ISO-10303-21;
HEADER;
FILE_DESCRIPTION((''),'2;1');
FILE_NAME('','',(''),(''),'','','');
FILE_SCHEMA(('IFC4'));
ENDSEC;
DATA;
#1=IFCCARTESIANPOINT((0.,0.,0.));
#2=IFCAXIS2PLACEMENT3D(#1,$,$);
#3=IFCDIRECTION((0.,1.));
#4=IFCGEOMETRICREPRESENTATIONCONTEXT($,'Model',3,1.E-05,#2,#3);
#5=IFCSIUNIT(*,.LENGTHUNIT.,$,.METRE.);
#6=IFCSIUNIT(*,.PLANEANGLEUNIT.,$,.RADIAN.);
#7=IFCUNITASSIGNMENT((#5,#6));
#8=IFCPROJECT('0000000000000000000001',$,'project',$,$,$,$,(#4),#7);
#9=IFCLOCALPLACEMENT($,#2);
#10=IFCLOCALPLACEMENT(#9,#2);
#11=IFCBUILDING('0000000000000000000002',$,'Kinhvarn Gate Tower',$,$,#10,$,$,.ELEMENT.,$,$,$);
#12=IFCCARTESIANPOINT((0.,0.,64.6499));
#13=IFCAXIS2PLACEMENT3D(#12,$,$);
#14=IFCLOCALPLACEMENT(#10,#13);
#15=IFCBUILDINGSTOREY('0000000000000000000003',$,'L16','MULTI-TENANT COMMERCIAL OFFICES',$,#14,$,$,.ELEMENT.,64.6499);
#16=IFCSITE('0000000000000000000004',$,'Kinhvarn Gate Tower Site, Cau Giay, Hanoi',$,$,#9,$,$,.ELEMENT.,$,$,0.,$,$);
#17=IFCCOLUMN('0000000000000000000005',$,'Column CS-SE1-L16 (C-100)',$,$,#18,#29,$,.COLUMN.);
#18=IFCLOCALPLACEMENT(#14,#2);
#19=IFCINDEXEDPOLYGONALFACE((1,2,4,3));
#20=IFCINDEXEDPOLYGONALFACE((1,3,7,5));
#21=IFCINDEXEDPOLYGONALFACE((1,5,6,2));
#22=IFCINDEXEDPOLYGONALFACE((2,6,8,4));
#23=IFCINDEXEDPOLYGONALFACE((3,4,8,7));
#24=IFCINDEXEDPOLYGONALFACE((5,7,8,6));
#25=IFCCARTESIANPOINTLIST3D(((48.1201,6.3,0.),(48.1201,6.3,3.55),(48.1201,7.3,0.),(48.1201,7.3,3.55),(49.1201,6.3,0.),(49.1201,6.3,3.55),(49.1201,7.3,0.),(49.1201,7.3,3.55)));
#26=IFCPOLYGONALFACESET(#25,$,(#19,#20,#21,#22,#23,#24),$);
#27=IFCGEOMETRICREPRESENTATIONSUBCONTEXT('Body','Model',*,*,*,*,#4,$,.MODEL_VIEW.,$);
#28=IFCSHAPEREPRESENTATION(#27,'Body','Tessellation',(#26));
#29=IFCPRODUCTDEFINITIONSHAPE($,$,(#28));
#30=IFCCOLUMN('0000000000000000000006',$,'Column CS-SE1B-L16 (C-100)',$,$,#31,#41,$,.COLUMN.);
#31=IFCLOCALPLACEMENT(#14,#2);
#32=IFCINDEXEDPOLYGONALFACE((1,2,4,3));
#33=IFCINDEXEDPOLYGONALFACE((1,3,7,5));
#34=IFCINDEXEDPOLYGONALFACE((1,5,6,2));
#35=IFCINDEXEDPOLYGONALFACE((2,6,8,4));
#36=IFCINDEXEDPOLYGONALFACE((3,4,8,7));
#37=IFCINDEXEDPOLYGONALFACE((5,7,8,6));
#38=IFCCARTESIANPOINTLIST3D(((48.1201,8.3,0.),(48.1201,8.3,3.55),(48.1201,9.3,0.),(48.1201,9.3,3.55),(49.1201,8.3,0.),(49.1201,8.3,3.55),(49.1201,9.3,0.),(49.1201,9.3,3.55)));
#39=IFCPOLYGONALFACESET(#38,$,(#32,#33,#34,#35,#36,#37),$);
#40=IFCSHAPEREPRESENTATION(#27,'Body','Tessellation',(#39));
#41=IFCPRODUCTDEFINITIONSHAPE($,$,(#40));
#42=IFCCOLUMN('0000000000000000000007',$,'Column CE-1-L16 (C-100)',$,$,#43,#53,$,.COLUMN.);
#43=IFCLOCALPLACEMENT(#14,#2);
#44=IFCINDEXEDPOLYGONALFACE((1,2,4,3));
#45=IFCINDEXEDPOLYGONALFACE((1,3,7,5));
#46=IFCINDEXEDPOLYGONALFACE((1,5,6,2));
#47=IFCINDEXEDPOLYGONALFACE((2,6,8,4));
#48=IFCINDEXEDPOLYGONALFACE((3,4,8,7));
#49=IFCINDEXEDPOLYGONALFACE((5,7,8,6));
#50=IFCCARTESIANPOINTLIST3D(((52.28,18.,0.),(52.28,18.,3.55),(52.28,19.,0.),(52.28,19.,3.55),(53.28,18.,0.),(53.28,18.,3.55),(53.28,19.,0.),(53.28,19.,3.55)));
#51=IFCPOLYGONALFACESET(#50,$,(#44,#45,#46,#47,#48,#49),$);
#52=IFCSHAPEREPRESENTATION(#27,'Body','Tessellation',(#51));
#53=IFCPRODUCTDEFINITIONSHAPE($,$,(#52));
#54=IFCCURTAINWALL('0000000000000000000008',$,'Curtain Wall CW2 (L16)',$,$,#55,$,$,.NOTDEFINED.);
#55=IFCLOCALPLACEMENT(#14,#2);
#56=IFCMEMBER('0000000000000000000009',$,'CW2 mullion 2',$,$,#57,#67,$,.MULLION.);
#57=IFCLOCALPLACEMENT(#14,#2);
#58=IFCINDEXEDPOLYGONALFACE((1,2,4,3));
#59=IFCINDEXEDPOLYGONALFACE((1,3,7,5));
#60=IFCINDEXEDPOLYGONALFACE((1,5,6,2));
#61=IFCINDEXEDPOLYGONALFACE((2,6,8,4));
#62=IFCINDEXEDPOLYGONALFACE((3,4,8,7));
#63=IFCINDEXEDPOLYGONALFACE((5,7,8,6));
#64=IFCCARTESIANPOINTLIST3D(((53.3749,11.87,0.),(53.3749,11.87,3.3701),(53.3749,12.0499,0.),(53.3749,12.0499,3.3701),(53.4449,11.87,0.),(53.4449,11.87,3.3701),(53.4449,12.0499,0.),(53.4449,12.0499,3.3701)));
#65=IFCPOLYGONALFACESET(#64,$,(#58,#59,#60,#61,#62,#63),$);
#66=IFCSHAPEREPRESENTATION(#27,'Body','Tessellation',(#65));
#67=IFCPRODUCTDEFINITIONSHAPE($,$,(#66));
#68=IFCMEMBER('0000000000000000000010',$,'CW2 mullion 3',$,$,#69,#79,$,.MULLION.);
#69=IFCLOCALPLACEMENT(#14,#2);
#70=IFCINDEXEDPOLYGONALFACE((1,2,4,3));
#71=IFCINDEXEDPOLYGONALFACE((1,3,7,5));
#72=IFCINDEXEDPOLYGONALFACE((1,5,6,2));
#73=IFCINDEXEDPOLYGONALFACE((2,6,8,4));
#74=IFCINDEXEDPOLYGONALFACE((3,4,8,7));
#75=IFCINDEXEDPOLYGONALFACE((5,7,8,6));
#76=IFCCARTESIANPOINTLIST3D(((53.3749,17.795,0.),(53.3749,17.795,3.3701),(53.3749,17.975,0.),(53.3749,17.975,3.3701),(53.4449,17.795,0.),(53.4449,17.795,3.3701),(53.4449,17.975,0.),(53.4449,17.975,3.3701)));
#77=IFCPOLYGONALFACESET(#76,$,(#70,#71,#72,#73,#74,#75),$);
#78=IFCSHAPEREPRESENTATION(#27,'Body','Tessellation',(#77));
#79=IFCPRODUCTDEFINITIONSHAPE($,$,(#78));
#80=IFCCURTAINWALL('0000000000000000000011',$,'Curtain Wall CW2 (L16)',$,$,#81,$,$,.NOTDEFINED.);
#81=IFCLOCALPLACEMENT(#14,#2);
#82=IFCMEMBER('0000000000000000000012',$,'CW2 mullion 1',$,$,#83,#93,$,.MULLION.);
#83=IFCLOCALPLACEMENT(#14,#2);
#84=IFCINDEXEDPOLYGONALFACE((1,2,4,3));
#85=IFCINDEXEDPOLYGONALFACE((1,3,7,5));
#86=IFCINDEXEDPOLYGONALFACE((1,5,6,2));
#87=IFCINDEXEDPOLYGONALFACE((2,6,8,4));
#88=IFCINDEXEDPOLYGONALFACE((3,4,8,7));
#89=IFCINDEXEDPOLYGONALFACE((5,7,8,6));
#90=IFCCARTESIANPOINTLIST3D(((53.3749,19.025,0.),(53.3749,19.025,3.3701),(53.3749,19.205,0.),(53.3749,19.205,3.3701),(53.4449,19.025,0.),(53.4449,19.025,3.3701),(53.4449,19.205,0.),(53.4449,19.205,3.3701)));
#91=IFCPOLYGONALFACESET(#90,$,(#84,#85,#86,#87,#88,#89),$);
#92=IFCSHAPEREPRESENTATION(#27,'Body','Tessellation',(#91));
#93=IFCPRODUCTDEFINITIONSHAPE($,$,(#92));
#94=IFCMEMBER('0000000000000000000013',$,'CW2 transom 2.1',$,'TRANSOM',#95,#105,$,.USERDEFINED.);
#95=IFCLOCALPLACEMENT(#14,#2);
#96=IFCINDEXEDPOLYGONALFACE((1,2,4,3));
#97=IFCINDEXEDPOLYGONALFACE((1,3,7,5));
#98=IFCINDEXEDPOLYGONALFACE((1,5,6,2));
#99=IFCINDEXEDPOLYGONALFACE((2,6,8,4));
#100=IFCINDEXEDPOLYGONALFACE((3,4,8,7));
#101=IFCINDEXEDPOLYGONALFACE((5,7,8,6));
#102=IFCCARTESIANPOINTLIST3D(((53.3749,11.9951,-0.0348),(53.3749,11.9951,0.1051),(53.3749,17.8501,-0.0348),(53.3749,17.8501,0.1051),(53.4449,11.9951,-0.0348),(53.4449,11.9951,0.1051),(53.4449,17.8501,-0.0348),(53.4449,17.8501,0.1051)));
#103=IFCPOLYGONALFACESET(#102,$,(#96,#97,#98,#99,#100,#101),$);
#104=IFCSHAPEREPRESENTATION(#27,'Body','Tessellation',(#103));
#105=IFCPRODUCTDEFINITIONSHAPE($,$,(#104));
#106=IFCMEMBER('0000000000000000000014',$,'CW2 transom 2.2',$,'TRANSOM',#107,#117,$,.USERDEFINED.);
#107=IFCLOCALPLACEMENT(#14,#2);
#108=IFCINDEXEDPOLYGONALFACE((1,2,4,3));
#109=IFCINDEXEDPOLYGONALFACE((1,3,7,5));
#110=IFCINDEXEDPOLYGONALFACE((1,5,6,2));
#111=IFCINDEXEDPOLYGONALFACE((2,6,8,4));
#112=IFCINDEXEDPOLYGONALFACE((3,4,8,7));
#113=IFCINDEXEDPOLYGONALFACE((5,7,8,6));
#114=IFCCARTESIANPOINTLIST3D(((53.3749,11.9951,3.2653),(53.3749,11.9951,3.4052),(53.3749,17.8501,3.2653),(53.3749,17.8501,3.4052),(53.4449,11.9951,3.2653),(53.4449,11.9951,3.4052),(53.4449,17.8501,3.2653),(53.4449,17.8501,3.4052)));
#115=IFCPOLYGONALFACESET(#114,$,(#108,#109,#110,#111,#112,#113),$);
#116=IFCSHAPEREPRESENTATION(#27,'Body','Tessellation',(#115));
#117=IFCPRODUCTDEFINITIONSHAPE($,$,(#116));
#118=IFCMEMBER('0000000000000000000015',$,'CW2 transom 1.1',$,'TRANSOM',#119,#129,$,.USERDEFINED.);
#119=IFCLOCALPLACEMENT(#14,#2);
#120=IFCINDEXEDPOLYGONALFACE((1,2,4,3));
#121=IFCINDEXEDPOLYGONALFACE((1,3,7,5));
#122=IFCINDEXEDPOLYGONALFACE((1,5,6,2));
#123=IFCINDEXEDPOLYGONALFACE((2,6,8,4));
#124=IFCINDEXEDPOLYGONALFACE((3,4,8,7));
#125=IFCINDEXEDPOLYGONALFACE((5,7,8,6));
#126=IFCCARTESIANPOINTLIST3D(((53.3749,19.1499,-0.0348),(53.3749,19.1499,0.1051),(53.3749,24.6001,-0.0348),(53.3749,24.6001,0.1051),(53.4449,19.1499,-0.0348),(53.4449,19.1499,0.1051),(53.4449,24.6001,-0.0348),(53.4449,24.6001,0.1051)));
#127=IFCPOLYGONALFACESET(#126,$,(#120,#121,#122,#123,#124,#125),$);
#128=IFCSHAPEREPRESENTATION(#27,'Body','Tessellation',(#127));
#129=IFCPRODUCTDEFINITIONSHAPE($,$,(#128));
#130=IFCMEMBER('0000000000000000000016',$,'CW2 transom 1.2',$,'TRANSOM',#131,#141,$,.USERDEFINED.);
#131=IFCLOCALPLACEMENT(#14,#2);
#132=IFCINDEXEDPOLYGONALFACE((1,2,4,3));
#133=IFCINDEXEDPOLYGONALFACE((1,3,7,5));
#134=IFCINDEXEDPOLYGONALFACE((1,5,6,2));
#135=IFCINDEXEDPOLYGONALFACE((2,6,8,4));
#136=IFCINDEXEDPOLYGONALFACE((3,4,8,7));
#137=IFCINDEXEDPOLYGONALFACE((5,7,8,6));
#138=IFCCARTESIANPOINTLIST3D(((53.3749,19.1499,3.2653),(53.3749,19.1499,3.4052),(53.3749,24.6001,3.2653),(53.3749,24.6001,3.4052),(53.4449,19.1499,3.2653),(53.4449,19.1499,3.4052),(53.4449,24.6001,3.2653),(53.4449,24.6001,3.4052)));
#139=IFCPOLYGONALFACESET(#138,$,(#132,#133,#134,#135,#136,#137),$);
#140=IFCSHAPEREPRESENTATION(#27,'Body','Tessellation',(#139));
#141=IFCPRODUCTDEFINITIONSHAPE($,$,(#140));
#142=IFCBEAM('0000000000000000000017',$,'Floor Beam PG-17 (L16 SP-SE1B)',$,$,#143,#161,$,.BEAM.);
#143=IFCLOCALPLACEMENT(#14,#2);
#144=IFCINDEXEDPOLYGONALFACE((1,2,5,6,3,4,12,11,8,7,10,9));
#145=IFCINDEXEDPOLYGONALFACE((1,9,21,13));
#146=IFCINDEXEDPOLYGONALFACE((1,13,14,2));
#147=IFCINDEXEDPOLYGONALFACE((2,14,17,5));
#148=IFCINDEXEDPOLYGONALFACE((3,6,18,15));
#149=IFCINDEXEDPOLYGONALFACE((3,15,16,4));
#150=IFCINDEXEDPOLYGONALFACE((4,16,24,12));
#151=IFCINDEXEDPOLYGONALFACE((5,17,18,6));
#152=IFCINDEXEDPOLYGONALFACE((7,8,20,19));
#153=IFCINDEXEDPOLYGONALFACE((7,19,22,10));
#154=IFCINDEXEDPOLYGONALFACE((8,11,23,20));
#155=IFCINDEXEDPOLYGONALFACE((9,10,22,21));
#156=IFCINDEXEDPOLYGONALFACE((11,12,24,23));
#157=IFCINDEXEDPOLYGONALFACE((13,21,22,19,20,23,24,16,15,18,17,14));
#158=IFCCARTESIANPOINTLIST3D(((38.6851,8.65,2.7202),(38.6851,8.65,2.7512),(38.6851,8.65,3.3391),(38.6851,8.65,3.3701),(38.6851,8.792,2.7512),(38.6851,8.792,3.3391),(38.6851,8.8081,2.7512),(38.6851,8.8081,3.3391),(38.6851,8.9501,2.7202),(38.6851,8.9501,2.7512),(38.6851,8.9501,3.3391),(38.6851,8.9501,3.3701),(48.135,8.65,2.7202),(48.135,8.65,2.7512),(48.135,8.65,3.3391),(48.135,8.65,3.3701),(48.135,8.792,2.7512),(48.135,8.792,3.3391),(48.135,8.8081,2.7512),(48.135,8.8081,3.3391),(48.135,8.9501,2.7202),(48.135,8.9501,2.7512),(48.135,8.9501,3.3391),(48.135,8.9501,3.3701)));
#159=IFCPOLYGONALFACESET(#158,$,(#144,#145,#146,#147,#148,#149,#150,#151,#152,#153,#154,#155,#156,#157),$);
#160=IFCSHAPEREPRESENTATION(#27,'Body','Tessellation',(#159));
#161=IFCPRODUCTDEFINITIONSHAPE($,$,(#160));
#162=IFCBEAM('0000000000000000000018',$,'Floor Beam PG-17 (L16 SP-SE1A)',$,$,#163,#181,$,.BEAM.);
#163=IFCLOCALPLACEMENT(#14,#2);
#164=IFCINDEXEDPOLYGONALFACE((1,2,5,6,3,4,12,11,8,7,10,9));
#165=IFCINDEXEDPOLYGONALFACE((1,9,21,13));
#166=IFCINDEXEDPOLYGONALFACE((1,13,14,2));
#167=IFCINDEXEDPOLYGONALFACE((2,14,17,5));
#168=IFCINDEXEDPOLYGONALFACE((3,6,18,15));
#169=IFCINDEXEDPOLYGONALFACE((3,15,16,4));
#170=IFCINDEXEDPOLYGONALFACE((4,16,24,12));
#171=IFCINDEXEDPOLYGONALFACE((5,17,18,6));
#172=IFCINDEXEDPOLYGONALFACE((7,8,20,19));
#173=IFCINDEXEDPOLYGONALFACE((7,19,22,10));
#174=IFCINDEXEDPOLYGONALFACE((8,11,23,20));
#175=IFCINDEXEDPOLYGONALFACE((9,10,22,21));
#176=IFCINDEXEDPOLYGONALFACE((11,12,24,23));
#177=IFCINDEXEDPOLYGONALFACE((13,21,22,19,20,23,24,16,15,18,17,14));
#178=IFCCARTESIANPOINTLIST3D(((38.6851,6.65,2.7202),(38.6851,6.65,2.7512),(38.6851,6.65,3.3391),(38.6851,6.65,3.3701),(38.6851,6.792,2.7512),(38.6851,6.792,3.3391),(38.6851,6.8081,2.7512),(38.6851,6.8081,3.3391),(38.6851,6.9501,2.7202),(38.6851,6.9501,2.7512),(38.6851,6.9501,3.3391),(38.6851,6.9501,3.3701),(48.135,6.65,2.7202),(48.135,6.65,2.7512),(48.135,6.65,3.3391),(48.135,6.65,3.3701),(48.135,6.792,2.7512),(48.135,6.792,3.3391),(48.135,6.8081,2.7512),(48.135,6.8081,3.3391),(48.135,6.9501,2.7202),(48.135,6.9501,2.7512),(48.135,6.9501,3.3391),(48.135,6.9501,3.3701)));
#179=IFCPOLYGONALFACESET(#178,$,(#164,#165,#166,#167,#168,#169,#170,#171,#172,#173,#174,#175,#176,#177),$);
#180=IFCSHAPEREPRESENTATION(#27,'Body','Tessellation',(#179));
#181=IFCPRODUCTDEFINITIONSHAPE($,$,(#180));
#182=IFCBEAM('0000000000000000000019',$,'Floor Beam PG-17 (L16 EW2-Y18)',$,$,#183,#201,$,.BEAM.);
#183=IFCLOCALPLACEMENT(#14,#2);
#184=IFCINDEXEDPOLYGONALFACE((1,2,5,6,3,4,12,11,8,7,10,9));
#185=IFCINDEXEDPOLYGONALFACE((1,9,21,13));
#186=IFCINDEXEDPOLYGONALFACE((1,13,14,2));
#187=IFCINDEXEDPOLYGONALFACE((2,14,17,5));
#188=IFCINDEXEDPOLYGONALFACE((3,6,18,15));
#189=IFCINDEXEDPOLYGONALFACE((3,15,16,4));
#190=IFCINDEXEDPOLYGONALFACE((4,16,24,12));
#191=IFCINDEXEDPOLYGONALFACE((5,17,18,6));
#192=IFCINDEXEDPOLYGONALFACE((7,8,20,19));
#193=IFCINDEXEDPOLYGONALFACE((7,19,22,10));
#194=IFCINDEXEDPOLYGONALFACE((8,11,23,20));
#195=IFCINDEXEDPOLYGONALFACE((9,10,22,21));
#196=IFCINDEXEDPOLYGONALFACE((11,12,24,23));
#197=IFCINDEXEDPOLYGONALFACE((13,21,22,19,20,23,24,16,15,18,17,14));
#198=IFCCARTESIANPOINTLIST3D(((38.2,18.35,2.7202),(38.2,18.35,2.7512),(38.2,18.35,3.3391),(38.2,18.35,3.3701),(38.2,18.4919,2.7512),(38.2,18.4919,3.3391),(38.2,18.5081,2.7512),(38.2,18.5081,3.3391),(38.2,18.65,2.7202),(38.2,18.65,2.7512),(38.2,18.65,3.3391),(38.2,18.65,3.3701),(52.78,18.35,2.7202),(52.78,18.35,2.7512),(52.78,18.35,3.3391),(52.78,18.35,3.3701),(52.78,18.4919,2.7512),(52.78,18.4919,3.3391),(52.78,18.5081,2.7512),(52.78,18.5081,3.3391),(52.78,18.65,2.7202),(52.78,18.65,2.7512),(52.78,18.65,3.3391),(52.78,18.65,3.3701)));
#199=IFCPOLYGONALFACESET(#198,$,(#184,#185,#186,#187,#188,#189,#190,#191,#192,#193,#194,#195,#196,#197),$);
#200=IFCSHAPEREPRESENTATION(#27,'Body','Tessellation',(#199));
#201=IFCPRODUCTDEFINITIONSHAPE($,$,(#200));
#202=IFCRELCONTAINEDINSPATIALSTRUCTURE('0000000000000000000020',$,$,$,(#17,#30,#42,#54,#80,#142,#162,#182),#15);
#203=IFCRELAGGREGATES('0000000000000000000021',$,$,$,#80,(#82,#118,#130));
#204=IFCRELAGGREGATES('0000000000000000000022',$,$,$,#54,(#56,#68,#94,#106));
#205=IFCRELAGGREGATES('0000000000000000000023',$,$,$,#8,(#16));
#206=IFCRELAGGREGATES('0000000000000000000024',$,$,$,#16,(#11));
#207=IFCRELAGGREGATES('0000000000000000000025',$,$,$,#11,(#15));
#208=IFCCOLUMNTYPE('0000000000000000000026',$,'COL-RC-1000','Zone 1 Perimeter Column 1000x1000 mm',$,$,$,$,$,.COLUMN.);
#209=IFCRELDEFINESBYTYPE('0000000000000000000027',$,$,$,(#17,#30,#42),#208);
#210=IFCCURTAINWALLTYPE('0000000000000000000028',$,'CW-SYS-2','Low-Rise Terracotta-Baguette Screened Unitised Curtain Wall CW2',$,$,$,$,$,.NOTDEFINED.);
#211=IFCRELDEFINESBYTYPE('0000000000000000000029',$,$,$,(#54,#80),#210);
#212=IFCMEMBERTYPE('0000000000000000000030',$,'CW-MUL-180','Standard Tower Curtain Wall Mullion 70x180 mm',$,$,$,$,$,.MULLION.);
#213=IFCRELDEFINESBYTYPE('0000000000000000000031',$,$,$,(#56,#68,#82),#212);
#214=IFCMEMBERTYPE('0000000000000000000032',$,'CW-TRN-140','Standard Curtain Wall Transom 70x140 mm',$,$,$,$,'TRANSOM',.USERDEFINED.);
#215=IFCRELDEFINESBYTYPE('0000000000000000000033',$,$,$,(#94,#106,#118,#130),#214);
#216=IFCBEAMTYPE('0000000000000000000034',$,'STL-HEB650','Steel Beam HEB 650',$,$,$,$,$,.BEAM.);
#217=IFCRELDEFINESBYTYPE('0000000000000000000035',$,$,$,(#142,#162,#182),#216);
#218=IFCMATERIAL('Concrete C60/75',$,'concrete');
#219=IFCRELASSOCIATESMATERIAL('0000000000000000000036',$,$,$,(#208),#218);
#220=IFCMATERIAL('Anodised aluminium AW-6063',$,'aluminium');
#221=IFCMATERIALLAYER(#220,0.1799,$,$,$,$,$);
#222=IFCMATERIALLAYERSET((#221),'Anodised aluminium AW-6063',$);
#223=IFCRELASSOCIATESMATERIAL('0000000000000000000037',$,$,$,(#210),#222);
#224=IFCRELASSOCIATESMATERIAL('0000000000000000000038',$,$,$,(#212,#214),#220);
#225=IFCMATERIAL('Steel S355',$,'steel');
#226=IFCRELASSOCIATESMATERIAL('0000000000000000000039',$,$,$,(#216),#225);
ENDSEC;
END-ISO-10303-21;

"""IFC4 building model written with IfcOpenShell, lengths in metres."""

from ifc_helpers import new_model, si_unit, direction, frame, origin, origin_2d, place, context, subcontext, project, spatial, rectangle, i_section, extrude, material, layer, layer_set, material_profile, profile_set, type_object, element, aggregate, save


model = new_model("IFC4")

# Units and contexts
model_context = context("Model", 3, precision=1e-05, world=origin(), true_north=direction((0.0, 1.0)))
body_context = subcontext(model_context, "Body", "Model", "MODEL_VIEW")
ifc_project = project(units=[si_unit("LENGTHUNIT", "METRE"), si_unit("PLANEANGLEUNIT", "RADIAN")], contexts=[model_context])

# Site, building, storey
site_placement = place(None, origin())
site = spatial("IfcSite", under=ifc_project, at=site_placement, Name="Kinhvarn Gate Tower Site, Cau Giay, Hanoi", CompositionType="ELEMENT", RefElevation=0.0)
building_placement = place(site_placement, origin())
building = spatial("IfcBuilding", under=site, at=building_placement, Name="Kinhvarn Gate Tower", CompositionType="ELEMENT")
storey_placement = place(building_placement, frame((0.0, 0.0, 64.6499)))
storey = spatial("IfcBuildingStorey", under=building, at=storey_placement, Name="L16", Description="MULTI-TENANT COMMERCIAL OFFICES", CompositionType="ELEMENT", Elevation=64.6499)

# Columns
ifc_material_1 = material(Name="Concrete C60/75", Category="concrete")
ifc_material_profile_1 = material_profile(ifc_material_1, rectangle(XDim=1.0, YDim=1.0, at=origin_2d()), Name="RC 1000x1000")
ifc_profile_set_1 = profile_set([ifc_material_profile_1], Name="Concrete C60/75")
column_type = type_object("IfcColumnType", Name="COL-RC-1000", Description="Zone 1 Perimeter Column 1000x1000 mm", PredefinedType="COLUMN", material=ifc_profile_set_1)
for number, where, z_axis, x_axis, name in (
    (1, (48.6201, 6.8, 0.0), (0.0, 0.0, 1.0), (1.0, 0.0, 0.0), "Column CS-SE1-L16 (C-100)"),
    (2, (48.6201, 8.8, 0.0), (0.0, 0.0, 1.0), (1.0, 0.0, 0.0), "Column CS-SE1B-L16 (C-100)"),
    (3, (52.78, 18.5, 0.0), (0.0, 0.0, 1.0), (1.0, 0.0, 0.0), "Column CE-1-L16 (C-100)"),
):
    element("IfcColumn", number, at=place(storey_placement, frame(where, z_axis=z_axis, x_axis=x_axis)), inside=storey, type_object=column_type, Name=name, PredefinedType="COLUMN", context=body_context, shape_type="SweptSolid", body=[
        extrude(rectangle(XDim=1.0, YDim=1.0, at=origin_2d()), origin(), (0.0, 0.0, 1.0), 3.55),
    ])

# Curtain wall, members
ifc_material_2 = material(Name="Anodised aluminium AW-6063", Category="aluminium")
ifc_layer_1 = layer(ifc_material_2, 0.1799)
ifc_layer_set_1 = layer_set([ifc_layer_1], Name="Anodised aluminium AW-6063")
curtain_wall_type = type_object("IfcCurtainWallType", Name="CW-SYS-2", Description="Low-Rise Terracotta-Baguette Screened Unitised Curtain Wall CW2", PredefinedType="NOTDEFINED", material=ifc_layer_set_1)
curtain_wall_1_placement = place(storey_placement, origin())
curtain_wall_1 = element("IfcCurtainWall", 4, at=curtain_wall_1_placement, inside=storey, type_object=curtain_wall_type, Name="Curtain Wall CW2 (L16)", PredefinedType="NOTDEFINED")
ifc_material_profile_2 = material_profile(ifc_material_2, rectangle(XDim=0.0701, YDim=0.1799, at=origin_2d()), Name="ALU 70x180")
ifc_profile_set_2 = profile_set([ifc_material_profile_2], Name="Anodised aluminium AW-6063")
member_type_1 = type_object("IfcMemberType", Name="CW-MUL-180", Description="Standard Tower Curtain Wall Mullion 70x180 mm", PredefinedType="MULLION", material=ifc_profile_set_2)
member_1_placement = place(storey_placement, frame((53.4099, 11.96, 0.0), z_axis=(0.0, 0.0, 1.0), x_axis=(-1.0, 0.0, 0.0)))
member_1 = element("IfcMember", 5, at=member_1_placement, type_object=member_type_1, Name="CW2 mullion 2", PredefinedType="MULLION", context=body_context, shape_type="SweptSolid", body=[
    extrude(rectangle(XDim=0.0701, YDim=0.1799, at=origin_2d()), origin(), (0.0, 0.0, 1.0), 3.3701),
])
member_2_placement = place(storey_placement, frame((53.4099, 17.885, 0.0), z_axis=(0.0, 0.0, 1.0), x_axis=(-1.0, 0.0, 0.0)))
member_2 = element("IfcMember", 6, at=member_2_placement, type_object=member_type_1, Name="CW2 mullion 3", PredefinedType="MULLION", context=body_context, shape_type="SweptSolid", body=[
    extrude(rectangle(XDim=0.0701, YDim=0.1799, at=origin_2d()), origin(), (0.0, 0.0, 1.0), 3.3701),
])

# Curtain wall, member
curtain_wall_2_placement = place(storey_placement, origin())
curtain_wall_2 = element("IfcCurtainWall", 7, at=curtain_wall_2_placement, inside=storey, type_object=curtain_wall_type, Name="Curtain Wall CW2 (L16)", PredefinedType="NOTDEFINED")
member_3_placement = place(storey_placement, frame((53.4099, 19.115, 0.0), z_axis=(0.0, 0.0, 1.0), x_axis=(-1.0, 0.0, 0.0)))
member_3 = element("IfcMember", 8, at=member_3_placement, type_object=member_type_1, Name="CW2 mullion 1", PredefinedType="MULLION", context=body_context, shape_type="SweptSolid", body=[
    extrude(rectangle(XDim=0.0701, YDim=0.1799, at=origin_2d()), origin(), (0.0, 0.0, 1.0), 3.3701),
])

# Members
ifc_material_profile_3 = material_profile(ifc_material_2, rectangle(XDim=0.0701, YDim=0.1399, at=origin_2d()), Name="ALU 70x140")
ifc_profile_set_3 = profile_set([ifc_material_profile_3], Name="Anodised aluminium AW-6063")
member_type_2 = type_object("IfcMemberType", Name="CW-TRN-140", Description="Standard Curtain Wall Transom 70x140 mm", ElementType="TRANSOM", PredefinedType="USERDEFINED", material=ifc_profile_set_3)
member_4_placement = place(storey_placement, frame((53.4099, 11.9951, 0.0352), z_axis=(0.0, 1.0, 0.0), x_axis=(-1.0, 0.0, 0.0)))
member_4 = element("IfcMember", 9, at=member_4_placement, type_object=member_type_2, Name="CW2 transom 2.1", ObjectType="TRANSOM", PredefinedType="USERDEFINED", context=body_context, shape_type="SweptSolid", body=[
    extrude(rectangle(XDim=0.0701, YDim=0.1399, at=origin_2d()), origin(), (0.0, 0.0, 1.0), 5.855),
])
member_5_placement = place(storey_placement, frame((53.4099, 11.9951, 3.3352), z_axis=(0.0, 1.0, 0.0), x_axis=(-1.0, 0.0, 0.0)))
member_5 = element("IfcMember", 10, at=member_5_placement, type_object=member_type_2, Name="CW2 transom 2.2", ObjectType="TRANSOM", PredefinedType="USERDEFINED", context=body_context, shape_type="SweptSolid", body=[
    extrude(rectangle(XDim=0.0701, YDim=0.1399, at=origin_2d()), origin(), (0.0, 0.0, 1.0), 5.855),
])
member_6_placement = place(storey_placement, frame((53.4099, 19.1499, 0.0352), z_axis=(0.0, 1.0, 0.0), x_axis=(-1.0, 0.0, 0.0)))
member_6 = element("IfcMember", 11, at=member_6_placement, type_object=member_type_2, Name="CW2 transom 1.1", ObjectType="TRANSOM", PredefinedType="USERDEFINED", context=body_context, shape_type="SweptSolid", body=[
    extrude(rectangle(XDim=0.0701, YDim=0.1399, at=origin_2d()), origin(), (0.0, 0.0, 1.0), 5.4502),
])
member_7_placement = place(storey_placement, frame((53.4099, 19.1499, 3.3352), z_axis=(0.0, 1.0, 0.0), x_axis=(-1.0, 0.0, 0.0)))
member_7 = element("IfcMember", 12, at=member_7_placement, type_object=member_type_2, Name="CW2 transom 1.2", ObjectType="TRANSOM", PredefinedType="USERDEFINED", context=body_context, shape_type="SweptSolid", body=[
    extrude(rectangle(XDim=0.0701, YDim=0.1399, at=origin_2d()), origin(), (0.0, 0.0, 1.0), 5.4502),
])
aggregate(curtain_wall_2, [member_3, member_6, member_7])

# Beams
ifc_material_3 = material(Name="Steel S355", Category="steel")
ifc_material_profile_4 = material_profile(ifc_material_3, i_section(OverallWidth=0.3, OverallDepth=0.6499, WebThickness=0.0161, FlangeThickness=0.031, at=origin_2d()), Name="HEB 650")
ifc_profile_set_4 = profile_set([ifc_material_profile_4], Name="Steel S355")
beam_type_1 = type_object("IfcBeamType", Name="STL-HEB650", Description="Steel Beam HEB 650", PredefinedType="BEAM", material=ifc_profile_set_4)
for number, where, z_axis, x_axis, name in (
    (13, (38.6851, 8.8, 3.0452), (1.0, 0.0, 0.0), (0.0, 1.0, 0.0), "Floor Beam PG-17 (L16 SP-SE1B)"),
    (14, (38.6851, 6.8, 3.0452), (1.0, 0.0, 0.0), (0.0, 1.0, 0.0), "Floor Beam PG-17 (L16 SP-SE1A)"),
):
    element("IfcBeam", number, at=place(storey_placement, frame(where, z_axis=z_axis, x_axis=x_axis)), inside=storey, type_object=beam_type_1, Name=name, PredefinedType="BEAM", context=body_context, shape_type="SweptSolid", body=[
        extrude(i_section(OverallWidth=0.3, OverallDepth=0.6499, WebThickness=0.0161, FlangeThickness=0.031, at=origin_2d()), origin(), (0.0, 0.0, 1.0), 9.45),
    ])
beam_1_placement = place(storey_placement, frame((38.2, 18.5, 3.0452), z_axis=(1.0, 0.0, 0.0), x_axis=(0.0, 1.0, 0.0)))
element("IfcBeam", 15, at=beam_1_placement, inside=storey, type_object=beam_type_1, Name="Floor Beam PG-17 (L16 EW2-Y18)", PredefinedType="BEAM", context=body_context, shape_type="SweptSolid", body=[
    extrude(i_section(OverallWidth=0.3, OverallDepth=0.6499, WebThickness=0.0161, FlangeThickness=0.031, at=origin_2d()), origin(), (0.0, 0.0, 1.0), 14.5801),
])

aggregate(curtain_wall_1, [member_1, member_2, member_4, member_5])

save(model, "model.ifc")
